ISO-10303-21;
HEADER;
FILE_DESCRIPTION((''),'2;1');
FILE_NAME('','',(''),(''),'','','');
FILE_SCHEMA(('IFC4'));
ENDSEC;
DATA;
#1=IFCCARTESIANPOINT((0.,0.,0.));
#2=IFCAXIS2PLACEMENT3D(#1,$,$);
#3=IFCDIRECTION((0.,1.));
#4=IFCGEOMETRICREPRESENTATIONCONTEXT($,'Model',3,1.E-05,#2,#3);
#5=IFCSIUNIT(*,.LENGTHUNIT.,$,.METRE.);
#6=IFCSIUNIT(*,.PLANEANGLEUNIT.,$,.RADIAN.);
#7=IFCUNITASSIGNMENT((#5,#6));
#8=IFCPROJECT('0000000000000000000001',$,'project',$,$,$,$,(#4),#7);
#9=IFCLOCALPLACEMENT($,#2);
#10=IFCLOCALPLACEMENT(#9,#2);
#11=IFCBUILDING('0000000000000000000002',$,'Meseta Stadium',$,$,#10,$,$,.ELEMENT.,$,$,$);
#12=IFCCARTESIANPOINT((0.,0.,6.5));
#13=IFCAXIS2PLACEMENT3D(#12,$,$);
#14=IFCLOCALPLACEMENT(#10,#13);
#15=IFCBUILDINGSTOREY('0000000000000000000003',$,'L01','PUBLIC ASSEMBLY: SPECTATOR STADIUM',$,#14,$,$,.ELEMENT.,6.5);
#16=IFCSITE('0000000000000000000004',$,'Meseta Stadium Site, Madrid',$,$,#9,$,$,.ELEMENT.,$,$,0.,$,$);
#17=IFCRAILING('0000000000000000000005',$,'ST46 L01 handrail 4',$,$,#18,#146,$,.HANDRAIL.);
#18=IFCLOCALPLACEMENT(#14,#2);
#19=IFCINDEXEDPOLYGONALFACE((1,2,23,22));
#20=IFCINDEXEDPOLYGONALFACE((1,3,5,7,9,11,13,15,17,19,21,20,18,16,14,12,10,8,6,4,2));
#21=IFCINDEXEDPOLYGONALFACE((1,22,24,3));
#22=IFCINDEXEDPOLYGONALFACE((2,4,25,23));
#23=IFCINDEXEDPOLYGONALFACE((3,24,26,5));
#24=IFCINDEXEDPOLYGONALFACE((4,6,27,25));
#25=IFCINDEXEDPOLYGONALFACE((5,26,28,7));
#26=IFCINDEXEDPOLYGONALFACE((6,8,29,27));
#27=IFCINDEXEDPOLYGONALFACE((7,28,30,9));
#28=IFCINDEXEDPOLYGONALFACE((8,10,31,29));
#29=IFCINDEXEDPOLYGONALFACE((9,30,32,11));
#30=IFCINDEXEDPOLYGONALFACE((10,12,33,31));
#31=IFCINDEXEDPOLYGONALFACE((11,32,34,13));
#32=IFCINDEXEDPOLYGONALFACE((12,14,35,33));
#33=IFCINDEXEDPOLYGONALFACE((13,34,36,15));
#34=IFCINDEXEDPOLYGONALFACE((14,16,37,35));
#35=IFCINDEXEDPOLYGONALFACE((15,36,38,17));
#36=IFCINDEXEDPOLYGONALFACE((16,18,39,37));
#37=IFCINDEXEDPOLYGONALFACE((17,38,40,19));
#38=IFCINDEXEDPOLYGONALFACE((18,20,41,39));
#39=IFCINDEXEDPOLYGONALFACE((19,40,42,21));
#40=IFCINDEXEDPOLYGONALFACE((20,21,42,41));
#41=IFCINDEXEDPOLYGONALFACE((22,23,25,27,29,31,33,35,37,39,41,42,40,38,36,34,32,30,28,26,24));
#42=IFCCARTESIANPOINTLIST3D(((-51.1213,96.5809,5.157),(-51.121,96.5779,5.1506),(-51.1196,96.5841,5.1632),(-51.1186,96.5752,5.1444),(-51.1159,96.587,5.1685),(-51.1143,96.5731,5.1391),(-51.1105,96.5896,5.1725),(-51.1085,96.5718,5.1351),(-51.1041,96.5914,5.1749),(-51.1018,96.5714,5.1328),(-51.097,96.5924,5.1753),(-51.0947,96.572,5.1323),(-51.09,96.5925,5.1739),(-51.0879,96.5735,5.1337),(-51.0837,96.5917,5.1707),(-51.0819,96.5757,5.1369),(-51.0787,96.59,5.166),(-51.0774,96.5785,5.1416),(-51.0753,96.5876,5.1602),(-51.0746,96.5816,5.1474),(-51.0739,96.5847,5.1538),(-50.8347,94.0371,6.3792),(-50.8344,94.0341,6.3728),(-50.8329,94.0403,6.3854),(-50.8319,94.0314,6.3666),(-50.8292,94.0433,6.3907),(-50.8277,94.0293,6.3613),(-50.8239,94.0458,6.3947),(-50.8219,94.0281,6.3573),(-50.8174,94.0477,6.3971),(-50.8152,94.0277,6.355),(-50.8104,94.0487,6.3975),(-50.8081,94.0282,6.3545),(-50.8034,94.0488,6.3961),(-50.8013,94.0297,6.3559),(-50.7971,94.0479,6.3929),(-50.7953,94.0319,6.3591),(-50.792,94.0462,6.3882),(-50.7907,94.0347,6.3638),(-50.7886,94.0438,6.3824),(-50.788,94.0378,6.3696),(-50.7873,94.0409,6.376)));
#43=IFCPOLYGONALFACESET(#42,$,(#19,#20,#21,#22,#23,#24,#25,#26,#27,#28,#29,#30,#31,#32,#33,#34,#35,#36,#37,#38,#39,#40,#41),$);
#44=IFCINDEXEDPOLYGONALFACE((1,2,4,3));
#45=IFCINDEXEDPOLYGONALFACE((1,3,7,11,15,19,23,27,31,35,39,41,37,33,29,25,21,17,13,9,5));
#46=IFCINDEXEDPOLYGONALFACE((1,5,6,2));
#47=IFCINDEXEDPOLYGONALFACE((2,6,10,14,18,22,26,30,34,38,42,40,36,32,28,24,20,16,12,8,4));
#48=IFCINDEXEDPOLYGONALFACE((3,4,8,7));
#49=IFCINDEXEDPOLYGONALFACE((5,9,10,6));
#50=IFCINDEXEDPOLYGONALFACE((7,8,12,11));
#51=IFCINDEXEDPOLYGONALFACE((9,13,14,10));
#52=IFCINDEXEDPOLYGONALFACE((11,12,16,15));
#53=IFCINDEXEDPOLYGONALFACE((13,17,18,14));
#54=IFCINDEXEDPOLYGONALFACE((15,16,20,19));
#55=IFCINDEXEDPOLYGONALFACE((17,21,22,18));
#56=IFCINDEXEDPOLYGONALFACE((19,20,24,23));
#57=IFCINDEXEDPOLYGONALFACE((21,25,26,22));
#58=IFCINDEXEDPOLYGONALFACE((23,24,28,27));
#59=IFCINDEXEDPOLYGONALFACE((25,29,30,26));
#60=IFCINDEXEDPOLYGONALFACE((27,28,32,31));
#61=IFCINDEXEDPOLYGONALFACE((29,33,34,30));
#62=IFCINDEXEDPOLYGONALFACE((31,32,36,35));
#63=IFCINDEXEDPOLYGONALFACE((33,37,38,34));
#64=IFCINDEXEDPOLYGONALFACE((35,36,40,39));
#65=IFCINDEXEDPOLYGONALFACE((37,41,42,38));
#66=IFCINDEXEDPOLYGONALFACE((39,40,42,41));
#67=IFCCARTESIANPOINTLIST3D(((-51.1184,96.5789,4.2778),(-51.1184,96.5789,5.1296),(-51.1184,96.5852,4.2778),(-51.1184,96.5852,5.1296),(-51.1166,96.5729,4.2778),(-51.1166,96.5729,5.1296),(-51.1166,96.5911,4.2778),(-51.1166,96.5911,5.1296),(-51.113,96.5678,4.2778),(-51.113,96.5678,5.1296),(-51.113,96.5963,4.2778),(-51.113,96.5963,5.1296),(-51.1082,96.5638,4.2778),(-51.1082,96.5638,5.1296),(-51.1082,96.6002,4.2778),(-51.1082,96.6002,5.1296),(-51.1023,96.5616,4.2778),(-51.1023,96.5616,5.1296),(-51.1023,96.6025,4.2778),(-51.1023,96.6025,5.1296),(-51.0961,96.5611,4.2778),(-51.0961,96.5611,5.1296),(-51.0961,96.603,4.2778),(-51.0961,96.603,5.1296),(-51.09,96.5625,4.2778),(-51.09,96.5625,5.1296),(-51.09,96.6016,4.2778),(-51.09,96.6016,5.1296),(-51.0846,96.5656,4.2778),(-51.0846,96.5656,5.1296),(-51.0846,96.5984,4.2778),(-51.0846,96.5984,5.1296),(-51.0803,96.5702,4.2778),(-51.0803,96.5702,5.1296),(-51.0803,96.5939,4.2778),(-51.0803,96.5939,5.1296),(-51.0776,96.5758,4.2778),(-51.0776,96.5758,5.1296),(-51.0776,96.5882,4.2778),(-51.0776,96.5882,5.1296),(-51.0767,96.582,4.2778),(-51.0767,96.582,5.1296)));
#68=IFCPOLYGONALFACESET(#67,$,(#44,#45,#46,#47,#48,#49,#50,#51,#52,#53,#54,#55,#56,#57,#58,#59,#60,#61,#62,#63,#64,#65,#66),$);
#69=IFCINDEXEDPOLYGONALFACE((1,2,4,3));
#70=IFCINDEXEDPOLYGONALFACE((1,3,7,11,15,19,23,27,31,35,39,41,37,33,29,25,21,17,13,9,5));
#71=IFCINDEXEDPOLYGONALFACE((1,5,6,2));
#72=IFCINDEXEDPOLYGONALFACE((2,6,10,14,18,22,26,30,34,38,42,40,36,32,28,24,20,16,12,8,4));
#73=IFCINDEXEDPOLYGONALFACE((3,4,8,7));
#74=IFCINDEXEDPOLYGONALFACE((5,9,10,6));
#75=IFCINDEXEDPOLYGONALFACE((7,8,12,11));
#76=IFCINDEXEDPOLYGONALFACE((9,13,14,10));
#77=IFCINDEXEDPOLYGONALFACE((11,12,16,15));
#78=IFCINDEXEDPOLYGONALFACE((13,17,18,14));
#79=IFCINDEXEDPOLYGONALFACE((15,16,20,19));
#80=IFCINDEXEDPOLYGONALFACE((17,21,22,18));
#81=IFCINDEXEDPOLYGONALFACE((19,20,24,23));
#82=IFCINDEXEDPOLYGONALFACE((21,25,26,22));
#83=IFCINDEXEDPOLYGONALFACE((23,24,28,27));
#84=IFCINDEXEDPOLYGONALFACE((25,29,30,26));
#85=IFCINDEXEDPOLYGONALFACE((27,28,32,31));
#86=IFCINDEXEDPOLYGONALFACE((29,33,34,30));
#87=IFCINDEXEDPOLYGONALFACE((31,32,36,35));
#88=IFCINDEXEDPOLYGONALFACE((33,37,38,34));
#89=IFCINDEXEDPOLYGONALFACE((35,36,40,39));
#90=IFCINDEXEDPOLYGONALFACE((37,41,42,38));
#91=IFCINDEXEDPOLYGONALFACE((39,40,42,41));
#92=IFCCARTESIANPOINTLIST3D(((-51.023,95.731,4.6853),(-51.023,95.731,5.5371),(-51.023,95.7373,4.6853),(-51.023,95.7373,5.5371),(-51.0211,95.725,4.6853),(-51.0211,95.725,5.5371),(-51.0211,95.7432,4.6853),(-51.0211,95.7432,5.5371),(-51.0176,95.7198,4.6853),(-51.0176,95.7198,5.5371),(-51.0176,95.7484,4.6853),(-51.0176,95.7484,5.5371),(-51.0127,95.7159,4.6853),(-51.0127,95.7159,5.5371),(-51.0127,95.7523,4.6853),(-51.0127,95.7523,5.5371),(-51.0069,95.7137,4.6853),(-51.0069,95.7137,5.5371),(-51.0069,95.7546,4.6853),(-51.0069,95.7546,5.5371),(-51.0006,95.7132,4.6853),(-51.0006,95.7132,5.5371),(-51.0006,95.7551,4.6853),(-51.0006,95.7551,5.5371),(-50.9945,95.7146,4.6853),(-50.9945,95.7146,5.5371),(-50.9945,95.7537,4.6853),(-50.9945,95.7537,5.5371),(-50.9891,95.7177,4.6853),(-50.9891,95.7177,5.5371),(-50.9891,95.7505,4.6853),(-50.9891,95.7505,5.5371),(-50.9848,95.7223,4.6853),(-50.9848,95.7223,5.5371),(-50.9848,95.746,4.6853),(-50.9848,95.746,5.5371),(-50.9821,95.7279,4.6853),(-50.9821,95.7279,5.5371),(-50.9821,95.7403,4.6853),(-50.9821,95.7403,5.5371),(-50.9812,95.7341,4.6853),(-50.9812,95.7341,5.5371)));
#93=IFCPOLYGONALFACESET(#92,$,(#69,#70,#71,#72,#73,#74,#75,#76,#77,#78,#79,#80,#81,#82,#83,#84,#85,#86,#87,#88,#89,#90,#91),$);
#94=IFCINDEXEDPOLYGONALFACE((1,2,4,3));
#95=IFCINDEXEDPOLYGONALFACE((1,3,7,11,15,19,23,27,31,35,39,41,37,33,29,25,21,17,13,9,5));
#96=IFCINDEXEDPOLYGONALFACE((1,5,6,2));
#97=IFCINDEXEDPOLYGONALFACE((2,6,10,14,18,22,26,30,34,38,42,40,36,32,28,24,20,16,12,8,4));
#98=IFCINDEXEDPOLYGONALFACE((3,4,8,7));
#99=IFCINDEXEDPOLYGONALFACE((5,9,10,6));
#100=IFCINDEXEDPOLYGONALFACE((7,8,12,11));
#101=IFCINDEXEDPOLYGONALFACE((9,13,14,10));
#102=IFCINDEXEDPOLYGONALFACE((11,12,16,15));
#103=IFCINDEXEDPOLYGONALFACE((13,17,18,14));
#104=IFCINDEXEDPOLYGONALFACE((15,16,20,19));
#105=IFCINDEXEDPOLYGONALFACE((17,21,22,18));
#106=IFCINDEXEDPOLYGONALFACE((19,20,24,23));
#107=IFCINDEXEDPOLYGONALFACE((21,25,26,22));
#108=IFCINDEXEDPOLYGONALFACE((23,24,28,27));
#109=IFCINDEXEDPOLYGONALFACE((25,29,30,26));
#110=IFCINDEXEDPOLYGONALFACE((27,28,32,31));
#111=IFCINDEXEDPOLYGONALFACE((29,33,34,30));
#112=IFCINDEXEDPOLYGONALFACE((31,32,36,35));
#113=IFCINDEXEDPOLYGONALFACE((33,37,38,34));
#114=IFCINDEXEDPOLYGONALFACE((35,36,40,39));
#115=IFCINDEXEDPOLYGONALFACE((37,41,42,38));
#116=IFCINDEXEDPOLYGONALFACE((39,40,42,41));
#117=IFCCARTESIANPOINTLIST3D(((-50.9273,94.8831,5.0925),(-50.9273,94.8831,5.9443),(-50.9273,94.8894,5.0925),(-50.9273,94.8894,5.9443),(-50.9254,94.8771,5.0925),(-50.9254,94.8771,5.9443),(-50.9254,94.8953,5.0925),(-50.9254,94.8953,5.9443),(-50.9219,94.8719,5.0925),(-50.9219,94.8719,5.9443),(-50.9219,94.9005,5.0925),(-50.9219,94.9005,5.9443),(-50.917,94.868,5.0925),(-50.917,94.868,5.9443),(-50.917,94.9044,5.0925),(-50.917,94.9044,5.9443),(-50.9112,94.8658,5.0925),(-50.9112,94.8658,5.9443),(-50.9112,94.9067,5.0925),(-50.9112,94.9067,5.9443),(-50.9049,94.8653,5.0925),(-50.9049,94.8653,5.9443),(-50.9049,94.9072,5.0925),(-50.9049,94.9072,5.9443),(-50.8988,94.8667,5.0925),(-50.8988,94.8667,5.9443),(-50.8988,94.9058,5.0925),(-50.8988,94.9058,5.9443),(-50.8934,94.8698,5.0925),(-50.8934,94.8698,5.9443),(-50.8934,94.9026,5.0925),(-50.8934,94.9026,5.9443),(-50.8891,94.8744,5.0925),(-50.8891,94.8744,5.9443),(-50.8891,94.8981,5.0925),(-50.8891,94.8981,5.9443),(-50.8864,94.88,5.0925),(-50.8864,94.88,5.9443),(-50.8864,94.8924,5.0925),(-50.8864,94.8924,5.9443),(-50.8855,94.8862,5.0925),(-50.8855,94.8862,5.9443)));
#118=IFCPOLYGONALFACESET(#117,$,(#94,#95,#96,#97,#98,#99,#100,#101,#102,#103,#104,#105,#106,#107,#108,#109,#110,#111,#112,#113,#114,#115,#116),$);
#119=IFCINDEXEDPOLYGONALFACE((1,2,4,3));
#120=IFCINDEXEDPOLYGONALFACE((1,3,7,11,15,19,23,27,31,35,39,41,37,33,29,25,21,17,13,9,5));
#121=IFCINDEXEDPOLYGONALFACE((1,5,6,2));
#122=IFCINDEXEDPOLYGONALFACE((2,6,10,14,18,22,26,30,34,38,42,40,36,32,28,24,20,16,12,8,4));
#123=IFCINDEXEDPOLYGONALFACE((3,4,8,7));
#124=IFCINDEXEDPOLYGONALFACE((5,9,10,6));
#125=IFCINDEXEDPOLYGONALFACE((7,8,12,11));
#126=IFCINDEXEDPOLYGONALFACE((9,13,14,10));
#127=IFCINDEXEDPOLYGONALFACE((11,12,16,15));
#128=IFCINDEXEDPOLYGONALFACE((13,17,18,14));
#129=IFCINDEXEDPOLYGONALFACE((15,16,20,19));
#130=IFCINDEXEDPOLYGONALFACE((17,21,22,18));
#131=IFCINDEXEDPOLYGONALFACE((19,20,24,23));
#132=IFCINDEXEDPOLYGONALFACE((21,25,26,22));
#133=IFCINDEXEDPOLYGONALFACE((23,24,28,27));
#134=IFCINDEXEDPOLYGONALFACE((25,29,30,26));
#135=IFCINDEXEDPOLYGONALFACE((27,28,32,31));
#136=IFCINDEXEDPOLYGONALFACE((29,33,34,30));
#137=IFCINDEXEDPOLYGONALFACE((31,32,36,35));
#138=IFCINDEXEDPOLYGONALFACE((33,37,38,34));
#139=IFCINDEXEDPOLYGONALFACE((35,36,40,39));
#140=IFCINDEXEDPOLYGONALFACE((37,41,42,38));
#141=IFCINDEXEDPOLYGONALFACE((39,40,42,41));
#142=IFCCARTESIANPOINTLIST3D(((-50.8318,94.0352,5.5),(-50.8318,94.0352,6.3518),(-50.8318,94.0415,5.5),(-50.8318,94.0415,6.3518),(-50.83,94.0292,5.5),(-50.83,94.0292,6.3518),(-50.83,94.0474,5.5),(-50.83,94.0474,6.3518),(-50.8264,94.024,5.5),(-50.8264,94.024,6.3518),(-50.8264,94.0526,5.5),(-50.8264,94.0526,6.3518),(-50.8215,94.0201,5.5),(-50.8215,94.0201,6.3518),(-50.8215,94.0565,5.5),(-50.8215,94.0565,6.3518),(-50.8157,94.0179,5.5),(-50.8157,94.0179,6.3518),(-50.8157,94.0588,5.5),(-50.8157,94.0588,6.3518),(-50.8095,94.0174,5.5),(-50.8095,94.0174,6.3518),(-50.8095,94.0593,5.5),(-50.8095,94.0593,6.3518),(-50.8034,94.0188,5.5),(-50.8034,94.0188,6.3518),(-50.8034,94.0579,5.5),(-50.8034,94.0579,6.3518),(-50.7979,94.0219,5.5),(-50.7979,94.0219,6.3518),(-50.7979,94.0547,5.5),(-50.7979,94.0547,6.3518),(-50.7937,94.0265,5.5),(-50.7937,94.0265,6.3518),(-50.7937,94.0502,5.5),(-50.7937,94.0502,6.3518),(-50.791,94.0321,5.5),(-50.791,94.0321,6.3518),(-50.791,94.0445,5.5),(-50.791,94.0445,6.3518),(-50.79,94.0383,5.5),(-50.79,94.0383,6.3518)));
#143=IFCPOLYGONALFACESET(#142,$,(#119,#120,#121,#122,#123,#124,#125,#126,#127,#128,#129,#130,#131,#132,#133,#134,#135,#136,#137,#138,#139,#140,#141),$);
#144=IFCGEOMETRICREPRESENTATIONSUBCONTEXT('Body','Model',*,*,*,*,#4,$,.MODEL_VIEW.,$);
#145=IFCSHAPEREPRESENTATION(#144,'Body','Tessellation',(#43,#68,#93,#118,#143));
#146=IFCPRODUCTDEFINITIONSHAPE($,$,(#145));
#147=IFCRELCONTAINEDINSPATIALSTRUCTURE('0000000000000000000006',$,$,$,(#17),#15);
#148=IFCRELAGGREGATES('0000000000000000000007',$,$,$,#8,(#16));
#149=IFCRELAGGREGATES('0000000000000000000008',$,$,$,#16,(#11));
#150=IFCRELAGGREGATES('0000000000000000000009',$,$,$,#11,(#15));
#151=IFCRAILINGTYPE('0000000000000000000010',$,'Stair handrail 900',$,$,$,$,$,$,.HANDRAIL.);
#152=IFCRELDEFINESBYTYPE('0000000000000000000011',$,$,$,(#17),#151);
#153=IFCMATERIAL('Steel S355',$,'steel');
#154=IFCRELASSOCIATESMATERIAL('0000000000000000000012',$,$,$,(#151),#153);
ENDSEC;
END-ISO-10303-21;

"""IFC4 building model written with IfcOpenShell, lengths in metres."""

from ifc_helpers import new_model, si_unit, direction, frame, origin, origin_2d, place, context, subcontext, project, spatial, circle, extrude, material, type_object, element, save


model = new_model("IFC4")

# Units and contexts
model_context = context("Model", 3, precision=1e-05, world=origin(), true_north=direction((0.0, 1.0)))
body_context = subcontext(model_context, "Body", "Model", "MODEL_VIEW")
ifc_project = project(units=[si_unit("LENGTHUNIT", "METRE"), si_unit("PLANEANGLEUNIT", "RADIAN")], contexts=[model_context])

# Site, building, storey
site_placement = place(None, origin())
site = spatial("IfcSite", under=ifc_project, at=site_placement, Name="Meseta Stadium Site, Madrid", CompositionType="ELEMENT", RefElevation=0.0)
building_placement = place(site_placement, origin())
building = spatial("IfcBuilding", under=site, at=building_placement, Name="Meseta Stadium", CompositionType="ELEMENT")
storey_placement = place(building_placement, frame((0.0, 0.0, 6.5)))
storey = spatial("IfcBuildingStorey", under=building, at=storey_placement, Name="L01", Description="PUBLIC ASSEMBLY: SPECTATOR STADIUM", CompositionType="ELEMENT", Elevation=6.5)

# Railing
ifc_material_1 = material(Name="Steel S355", Category="steel")
railing_type_1 = type_object("IfcRailingType", Name="Stair handrail 900", PredefinedType="HANDRAIL", material=ifc_material_1)
for number, where, name in (
    (1, (-51.0977, 96.582, 4.2778), "ST46 L01 handrail 4"),
):
    element("IfcRailing", number, at=place(storey_placement, frame(where)), inside=storey, type_object=railing_type_1, Name=name, PredefinedType="HANDRAIL", context=body_context, shape_type="SweptSolid", body=[
        extrude(circle(Radius=0.0239, at=origin_2d()), frame((0.0, 0.0, 0.876), z_axis=(0.101044, -0.896745, 0.430858), x_axis=(0.993712, 0.11197, 0.0)), (0.0, 0.0, 1.0), 2.8367),
        extrude(circle(Radius=0.021, at=origin_2d()), origin(), (0.0, 0.0, 1.0), 0.8518),
        extrude(circle(Radius=0.021, at=origin_2d()), frame((0.0955, -0.8479, 0.4075)), (0.0, 0.0, 1.0), 0.8518),
        extrude(circle(Radius=0.021, at=origin_2d()), frame((0.1912, -1.6958, 0.8147)), (0.0, 0.0, 1.0), 0.8518),
        extrude(circle(Radius=0.021, at=origin_2d()), frame((0.2866, -2.5437, 1.2222)), (0.0, 0.0, 1.0), 0.8518),
    ])

save(model, "model.ifc")
